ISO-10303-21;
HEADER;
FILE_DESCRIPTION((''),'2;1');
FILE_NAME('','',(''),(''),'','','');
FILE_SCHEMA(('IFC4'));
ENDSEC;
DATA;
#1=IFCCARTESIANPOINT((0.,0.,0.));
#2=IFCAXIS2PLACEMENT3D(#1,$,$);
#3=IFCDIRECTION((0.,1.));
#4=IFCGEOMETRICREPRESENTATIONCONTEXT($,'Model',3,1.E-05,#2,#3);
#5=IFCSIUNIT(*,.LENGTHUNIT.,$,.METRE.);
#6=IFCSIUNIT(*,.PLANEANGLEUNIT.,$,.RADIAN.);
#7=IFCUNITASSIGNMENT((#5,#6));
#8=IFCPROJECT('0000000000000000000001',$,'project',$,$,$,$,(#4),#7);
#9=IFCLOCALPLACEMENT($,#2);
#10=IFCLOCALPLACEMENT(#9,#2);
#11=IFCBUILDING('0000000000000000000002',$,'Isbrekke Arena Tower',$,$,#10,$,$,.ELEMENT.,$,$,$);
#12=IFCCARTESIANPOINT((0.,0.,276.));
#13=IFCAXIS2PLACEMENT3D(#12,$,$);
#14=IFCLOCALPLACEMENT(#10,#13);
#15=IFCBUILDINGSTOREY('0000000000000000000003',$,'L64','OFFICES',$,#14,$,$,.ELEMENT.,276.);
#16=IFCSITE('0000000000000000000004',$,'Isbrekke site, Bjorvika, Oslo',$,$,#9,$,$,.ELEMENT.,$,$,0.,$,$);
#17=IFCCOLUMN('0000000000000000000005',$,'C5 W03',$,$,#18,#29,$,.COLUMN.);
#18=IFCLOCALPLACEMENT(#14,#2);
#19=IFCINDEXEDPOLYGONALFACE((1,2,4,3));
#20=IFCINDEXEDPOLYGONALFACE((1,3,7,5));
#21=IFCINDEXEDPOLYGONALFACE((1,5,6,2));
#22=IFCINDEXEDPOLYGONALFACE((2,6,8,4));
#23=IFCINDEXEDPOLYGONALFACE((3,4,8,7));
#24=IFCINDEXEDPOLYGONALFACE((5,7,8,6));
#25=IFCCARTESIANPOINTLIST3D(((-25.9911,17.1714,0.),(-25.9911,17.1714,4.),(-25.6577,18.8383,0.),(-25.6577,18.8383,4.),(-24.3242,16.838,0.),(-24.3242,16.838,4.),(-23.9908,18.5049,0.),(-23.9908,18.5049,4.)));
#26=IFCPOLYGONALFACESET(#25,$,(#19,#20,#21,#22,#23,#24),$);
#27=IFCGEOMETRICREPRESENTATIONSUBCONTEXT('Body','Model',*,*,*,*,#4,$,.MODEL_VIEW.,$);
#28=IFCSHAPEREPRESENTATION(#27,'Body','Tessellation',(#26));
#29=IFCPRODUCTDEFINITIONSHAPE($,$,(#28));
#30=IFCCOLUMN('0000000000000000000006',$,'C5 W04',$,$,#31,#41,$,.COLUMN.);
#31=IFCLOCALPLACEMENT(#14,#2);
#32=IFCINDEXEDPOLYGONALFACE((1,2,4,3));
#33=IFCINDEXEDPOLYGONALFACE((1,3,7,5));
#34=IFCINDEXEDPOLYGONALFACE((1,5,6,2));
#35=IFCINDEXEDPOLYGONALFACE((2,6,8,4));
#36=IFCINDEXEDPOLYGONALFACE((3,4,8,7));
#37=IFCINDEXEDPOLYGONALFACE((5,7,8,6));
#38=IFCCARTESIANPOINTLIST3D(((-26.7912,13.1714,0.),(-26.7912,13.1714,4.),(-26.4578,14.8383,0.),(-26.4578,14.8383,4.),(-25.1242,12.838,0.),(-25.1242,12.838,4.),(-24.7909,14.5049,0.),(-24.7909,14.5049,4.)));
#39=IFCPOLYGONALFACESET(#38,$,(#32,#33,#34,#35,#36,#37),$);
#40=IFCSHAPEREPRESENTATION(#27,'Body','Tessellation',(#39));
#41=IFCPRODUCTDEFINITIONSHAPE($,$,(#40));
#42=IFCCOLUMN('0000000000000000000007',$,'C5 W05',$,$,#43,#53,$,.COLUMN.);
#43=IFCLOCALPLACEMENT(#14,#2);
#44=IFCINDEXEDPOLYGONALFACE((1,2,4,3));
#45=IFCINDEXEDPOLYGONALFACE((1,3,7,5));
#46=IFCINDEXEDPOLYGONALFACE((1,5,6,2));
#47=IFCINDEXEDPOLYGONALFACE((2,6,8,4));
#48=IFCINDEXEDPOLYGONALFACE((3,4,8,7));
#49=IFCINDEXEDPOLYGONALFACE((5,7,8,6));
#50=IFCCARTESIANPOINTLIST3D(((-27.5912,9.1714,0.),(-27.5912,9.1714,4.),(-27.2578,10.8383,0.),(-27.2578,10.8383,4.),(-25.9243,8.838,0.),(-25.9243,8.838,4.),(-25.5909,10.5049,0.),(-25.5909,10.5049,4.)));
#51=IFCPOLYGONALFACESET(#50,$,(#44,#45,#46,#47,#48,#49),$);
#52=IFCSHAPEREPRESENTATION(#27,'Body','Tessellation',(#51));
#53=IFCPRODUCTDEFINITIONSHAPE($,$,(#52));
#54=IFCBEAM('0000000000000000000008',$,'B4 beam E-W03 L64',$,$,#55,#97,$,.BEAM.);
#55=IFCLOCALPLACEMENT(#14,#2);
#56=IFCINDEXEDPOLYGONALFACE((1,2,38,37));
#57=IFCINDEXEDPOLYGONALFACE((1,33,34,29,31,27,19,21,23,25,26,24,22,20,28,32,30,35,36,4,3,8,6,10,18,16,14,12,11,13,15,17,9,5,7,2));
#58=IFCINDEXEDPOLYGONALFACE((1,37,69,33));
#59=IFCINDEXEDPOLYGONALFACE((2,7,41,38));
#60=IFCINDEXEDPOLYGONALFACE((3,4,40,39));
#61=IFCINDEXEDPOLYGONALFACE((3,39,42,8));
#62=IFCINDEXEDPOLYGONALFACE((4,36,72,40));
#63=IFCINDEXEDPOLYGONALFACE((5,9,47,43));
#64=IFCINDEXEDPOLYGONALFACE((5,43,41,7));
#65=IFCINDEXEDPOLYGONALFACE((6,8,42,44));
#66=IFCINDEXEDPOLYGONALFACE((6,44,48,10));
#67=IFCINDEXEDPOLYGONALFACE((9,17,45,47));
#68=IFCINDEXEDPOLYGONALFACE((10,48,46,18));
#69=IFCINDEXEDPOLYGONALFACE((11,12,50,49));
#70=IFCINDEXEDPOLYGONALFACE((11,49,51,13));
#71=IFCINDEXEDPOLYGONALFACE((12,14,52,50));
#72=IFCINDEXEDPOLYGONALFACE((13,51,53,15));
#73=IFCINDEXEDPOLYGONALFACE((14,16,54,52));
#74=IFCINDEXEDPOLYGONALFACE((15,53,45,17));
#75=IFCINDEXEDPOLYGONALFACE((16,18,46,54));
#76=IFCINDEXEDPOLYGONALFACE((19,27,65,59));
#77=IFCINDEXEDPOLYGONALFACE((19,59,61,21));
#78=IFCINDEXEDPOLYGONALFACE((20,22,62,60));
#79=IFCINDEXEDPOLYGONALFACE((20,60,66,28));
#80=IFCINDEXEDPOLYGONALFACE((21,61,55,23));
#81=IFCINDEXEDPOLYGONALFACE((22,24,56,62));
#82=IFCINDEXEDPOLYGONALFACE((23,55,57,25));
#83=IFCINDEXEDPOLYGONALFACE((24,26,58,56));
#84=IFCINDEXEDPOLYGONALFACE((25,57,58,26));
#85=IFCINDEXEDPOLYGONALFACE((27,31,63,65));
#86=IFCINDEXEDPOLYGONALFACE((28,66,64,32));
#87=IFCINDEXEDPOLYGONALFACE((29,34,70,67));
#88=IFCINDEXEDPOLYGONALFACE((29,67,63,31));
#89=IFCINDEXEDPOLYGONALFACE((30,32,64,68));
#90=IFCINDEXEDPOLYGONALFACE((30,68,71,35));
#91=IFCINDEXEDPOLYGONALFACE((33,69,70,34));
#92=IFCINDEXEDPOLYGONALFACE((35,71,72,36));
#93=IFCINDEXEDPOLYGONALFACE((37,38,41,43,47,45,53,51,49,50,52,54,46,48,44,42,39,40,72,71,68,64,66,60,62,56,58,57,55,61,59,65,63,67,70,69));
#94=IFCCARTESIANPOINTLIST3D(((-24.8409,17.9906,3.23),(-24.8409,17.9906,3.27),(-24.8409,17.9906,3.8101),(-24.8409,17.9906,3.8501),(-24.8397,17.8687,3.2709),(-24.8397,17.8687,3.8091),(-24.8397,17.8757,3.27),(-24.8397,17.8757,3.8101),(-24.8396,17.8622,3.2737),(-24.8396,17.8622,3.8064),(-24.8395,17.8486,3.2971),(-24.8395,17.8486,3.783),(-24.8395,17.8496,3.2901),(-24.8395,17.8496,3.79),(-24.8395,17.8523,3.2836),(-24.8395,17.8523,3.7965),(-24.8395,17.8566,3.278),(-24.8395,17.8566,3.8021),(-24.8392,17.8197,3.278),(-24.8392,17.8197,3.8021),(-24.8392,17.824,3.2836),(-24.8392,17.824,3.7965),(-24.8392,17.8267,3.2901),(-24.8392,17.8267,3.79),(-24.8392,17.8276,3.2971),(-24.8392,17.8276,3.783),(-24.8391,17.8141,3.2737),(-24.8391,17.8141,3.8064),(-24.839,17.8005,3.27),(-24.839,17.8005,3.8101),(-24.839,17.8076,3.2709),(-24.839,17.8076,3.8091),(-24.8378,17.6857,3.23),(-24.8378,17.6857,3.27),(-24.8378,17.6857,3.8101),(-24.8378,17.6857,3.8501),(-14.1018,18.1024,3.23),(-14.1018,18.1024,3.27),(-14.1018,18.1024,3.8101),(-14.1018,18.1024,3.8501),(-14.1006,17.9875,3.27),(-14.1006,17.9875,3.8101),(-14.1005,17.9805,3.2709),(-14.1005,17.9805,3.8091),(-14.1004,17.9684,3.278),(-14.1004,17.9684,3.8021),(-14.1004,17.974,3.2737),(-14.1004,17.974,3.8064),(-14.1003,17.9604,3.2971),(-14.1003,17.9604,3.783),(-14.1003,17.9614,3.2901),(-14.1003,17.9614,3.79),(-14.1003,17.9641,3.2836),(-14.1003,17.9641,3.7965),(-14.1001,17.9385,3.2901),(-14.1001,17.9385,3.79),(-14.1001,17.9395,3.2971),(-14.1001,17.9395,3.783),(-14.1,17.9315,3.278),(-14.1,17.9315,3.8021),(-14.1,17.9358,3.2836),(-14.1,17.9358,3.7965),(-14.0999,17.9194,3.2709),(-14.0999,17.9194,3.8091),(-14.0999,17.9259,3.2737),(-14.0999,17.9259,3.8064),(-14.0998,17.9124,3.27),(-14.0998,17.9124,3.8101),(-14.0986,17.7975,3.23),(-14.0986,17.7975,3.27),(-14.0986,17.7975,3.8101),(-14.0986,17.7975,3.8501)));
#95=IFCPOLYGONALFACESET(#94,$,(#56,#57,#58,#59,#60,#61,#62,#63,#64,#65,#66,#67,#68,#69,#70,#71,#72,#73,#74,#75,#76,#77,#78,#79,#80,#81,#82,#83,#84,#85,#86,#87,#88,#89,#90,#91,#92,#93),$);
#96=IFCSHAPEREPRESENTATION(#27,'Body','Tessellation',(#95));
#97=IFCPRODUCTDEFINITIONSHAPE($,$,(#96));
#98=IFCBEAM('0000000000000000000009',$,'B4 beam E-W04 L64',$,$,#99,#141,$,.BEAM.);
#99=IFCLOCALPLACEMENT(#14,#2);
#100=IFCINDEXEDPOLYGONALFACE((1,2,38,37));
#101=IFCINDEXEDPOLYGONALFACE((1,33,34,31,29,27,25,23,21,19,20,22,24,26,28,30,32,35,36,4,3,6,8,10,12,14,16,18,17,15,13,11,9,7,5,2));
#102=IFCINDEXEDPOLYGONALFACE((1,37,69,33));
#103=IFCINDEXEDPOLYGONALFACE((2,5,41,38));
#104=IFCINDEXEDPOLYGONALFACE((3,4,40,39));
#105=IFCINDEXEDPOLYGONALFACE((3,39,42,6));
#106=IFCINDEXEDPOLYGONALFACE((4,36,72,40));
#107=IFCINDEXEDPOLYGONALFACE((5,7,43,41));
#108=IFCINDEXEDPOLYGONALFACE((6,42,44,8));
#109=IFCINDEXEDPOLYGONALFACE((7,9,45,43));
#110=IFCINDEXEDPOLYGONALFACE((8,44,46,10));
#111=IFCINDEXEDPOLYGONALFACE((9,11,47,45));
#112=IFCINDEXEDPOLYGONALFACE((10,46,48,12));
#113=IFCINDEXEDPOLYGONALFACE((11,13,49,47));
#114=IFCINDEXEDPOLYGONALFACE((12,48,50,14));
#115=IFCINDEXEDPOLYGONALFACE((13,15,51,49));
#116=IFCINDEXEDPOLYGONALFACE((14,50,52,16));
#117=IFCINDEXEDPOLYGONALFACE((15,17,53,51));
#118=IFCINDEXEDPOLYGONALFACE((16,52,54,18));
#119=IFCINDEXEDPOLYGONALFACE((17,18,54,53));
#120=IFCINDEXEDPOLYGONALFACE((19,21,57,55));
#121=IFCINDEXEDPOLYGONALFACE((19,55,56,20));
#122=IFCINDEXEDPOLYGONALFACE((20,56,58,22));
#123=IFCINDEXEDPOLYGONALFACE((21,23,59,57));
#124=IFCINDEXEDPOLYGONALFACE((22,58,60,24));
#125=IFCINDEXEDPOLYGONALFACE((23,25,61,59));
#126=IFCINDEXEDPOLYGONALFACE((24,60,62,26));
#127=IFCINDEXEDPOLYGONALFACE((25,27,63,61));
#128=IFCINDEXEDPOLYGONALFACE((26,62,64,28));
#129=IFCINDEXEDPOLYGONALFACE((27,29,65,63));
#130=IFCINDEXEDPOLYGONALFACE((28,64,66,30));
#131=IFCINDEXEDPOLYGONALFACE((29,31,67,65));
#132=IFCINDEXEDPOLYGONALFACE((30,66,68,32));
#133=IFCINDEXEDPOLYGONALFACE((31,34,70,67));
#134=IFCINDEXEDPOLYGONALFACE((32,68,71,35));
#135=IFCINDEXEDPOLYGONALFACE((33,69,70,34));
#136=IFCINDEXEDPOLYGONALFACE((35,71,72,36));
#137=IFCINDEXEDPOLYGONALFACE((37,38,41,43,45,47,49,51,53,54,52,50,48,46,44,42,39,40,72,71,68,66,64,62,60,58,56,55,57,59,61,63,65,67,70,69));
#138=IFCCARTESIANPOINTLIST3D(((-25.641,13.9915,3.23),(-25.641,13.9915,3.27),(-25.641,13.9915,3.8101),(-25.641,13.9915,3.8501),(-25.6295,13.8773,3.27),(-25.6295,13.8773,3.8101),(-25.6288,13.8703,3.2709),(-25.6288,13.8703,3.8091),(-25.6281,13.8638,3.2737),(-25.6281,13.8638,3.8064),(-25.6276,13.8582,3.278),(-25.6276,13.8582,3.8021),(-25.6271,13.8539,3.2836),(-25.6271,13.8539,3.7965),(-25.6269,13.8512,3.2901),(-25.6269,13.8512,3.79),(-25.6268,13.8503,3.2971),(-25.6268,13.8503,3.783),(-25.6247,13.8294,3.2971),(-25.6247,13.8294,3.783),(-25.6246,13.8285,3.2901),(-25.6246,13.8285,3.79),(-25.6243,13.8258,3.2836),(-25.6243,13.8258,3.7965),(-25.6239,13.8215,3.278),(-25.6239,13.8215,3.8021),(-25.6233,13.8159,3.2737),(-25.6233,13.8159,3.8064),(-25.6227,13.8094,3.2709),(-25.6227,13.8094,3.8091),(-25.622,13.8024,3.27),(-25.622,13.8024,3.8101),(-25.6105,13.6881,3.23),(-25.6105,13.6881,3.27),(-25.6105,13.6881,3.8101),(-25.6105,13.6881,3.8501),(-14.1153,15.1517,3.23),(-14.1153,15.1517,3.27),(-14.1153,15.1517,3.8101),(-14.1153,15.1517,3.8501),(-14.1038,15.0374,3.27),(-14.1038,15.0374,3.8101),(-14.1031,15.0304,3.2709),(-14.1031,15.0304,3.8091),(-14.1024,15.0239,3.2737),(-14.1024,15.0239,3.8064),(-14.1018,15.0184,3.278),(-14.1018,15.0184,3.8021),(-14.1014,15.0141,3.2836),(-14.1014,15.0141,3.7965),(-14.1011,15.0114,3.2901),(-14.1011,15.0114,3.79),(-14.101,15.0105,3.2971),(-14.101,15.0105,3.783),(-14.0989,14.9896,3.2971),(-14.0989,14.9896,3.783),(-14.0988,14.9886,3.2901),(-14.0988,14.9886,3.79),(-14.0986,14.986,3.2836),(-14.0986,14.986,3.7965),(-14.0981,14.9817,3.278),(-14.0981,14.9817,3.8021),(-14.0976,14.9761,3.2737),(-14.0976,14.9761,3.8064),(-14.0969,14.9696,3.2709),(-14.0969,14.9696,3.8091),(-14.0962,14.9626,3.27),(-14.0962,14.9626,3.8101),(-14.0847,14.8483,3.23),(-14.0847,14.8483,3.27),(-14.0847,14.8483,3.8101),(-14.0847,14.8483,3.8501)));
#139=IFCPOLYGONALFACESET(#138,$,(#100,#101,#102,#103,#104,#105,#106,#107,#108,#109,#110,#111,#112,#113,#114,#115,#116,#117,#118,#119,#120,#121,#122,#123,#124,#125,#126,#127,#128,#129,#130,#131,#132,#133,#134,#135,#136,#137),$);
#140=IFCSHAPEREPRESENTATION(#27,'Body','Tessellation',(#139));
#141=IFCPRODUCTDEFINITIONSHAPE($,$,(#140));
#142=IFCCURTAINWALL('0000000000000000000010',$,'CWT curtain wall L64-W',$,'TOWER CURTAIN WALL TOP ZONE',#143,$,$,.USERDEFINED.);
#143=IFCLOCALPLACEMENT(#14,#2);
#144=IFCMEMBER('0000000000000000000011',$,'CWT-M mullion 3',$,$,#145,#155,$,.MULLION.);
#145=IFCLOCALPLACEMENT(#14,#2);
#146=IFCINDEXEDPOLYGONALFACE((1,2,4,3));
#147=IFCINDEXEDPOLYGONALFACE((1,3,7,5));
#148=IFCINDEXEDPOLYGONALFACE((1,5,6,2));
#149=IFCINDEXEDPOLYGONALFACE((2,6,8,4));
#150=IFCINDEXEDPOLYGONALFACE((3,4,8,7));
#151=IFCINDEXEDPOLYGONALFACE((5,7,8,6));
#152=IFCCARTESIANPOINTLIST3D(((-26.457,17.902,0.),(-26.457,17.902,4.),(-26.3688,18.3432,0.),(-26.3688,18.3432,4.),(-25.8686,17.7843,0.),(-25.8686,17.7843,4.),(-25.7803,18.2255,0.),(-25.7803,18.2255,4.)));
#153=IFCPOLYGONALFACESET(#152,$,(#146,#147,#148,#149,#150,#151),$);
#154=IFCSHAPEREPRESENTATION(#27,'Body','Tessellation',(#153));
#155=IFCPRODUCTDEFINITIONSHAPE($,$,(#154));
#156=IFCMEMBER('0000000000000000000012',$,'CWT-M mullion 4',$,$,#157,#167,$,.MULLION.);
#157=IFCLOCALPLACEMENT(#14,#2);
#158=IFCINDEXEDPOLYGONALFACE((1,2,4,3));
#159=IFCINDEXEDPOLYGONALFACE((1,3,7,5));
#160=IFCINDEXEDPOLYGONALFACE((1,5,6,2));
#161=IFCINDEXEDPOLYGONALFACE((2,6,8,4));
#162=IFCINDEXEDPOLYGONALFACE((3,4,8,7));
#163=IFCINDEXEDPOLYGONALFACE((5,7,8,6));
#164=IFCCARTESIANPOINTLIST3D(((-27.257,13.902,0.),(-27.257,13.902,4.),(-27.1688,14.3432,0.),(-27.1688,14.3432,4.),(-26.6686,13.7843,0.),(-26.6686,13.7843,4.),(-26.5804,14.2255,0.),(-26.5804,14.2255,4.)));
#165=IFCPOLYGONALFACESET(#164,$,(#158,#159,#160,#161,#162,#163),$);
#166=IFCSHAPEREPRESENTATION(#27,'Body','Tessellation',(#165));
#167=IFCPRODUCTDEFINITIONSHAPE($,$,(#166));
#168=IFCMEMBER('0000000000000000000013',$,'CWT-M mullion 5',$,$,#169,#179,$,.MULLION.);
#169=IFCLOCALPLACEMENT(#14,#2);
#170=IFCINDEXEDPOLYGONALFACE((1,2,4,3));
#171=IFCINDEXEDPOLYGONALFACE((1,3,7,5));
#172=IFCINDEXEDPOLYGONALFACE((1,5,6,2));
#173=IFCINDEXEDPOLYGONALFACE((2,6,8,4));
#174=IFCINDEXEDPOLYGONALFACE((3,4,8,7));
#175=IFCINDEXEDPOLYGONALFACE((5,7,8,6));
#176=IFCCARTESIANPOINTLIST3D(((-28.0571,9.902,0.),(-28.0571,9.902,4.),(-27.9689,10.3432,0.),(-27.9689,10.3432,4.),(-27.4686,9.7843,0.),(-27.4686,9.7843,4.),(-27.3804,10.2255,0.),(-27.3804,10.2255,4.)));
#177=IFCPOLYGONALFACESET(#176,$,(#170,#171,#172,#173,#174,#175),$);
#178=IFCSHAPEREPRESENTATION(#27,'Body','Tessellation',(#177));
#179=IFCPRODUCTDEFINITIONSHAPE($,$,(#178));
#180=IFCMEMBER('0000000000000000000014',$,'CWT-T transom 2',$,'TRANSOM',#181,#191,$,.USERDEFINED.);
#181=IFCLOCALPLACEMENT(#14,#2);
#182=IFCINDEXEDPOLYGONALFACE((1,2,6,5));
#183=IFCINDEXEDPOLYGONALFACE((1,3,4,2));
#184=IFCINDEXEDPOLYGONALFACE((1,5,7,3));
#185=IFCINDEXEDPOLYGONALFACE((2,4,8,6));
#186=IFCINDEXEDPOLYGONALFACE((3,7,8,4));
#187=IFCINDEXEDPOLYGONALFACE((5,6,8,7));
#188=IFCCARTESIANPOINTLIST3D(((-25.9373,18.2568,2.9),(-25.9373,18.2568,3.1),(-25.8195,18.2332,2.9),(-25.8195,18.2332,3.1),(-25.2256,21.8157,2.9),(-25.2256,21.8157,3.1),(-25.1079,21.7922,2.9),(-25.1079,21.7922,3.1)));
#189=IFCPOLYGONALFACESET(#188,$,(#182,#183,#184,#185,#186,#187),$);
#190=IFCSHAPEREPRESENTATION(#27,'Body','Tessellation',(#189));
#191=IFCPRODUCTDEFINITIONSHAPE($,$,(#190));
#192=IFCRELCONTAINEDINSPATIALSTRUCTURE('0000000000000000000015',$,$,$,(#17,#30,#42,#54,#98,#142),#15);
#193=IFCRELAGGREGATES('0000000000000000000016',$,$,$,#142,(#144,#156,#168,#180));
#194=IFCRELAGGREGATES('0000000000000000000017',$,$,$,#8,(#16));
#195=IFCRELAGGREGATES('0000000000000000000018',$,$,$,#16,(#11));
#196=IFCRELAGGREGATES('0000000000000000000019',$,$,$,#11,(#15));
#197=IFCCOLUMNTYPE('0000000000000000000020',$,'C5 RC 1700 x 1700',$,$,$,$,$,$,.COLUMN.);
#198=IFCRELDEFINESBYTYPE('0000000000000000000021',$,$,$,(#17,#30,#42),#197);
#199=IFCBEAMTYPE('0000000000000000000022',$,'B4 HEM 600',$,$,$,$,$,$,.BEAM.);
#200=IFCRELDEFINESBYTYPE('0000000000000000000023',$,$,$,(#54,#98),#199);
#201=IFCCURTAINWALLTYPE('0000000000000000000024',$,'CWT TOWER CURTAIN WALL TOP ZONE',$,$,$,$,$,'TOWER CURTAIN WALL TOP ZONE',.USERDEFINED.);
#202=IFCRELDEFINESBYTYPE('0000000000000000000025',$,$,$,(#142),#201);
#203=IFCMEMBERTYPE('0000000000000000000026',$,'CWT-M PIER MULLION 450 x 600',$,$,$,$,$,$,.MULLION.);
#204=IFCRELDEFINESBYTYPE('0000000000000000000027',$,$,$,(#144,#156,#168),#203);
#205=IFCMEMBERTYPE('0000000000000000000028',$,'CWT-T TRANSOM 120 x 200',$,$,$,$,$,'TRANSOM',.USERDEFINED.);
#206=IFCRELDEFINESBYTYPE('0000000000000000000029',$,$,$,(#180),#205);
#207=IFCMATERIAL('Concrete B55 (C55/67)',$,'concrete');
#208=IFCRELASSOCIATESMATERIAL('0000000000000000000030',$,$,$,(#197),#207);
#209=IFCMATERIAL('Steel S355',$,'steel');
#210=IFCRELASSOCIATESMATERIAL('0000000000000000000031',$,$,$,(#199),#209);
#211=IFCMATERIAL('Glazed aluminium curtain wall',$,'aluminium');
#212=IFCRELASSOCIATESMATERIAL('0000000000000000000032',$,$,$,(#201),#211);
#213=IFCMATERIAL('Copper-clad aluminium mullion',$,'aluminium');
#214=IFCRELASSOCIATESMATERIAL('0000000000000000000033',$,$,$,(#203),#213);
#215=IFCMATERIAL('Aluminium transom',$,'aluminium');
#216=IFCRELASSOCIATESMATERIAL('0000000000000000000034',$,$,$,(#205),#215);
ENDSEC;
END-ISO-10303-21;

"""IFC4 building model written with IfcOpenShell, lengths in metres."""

from ifc_helpers import new_model, si_unit, direction, frame, origin, origin_2d, place, context, subcontext, project, spatial, rectangle, i_section, extrude, material, material_profile, profile_set, type_object, element, aggregate, save


model = new_model("IFC4")

# Units and contexts
model_context = context("Model", 3, precision=1e-05, world=origin(), true_north=direction((0.0, 1.0)))
body_context = subcontext(model_context, "Body", "Model", "MODEL_VIEW")
ifc_project = project(units=[si_unit("LENGTHUNIT", "METRE"), si_unit("PLANEANGLEUNIT", "RADIAN")], contexts=[model_context])

# Site, building, storey
site_placement = place(None, origin())
site = spatial("IfcSite", under=ifc_project, at=site_placement, Name="Isbrekke site, Bjorvika, Oslo", CompositionType="ELEMENT", RefElevation=0.0)
building_placement = place(site_placement, origin())
building = spatial("IfcBuilding", under=site, at=building_placement, Name="Isbrekke Arena Tower", CompositionType="ELEMENT")
storey_placement = place(building_placement, frame((0.0, 0.0, 276.0)))
storey = spatial("IfcBuildingStorey", under=building, at=storey_placement, Name="L64", Description="OFFICES", CompositionType="ELEMENT", Elevation=276.0)

# Columns
ifc_material_1 = material(Name="Concrete B55 (C55/67)", Category="concrete")
ifc_material_profile_1 = material_profile(ifc_material_1, rectangle(XDim=1.7, YDim=1.7, at=origin_2d()), Name="RC 1700x1700")
ifc_profile_set_1 = profile_set([ifc_material_profile_1], Name="Concrete B55 (C55/67)")
column_type = type_object("IfcColumnType", Name="C5 RC 1700 x 1700", PredefinedType="COLUMN", material=ifc_profile_set_1)
for number, where, z_axis, x_axis, name in (
    (1, (-24.991, 17.8381, 0.0), (0.0, 0.0, 1.0), (-0.196116, -0.980581, 0.0), "C5 W03"),
    (2, (-25.791, 13.8381, 0.0), (0.0, 0.0, 1.0), (-0.196116, -0.980581, 0.0), "C5 W04"),
    (3, (-26.5911, 9.8381, 0.0), (0.0, 0.0, 1.0), (-0.196116, -0.980581, 0.0), "C5 W05"),
):
    element("IfcColumn", number, at=place(storey_placement, frame(where, z_axis=z_axis, x_axis=x_axis)), inside=storey, type_object=column_type, Name=name, PredefinedType="COLUMN", context=body_context, shape_type="SweptSolid", body=[
        extrude(rectangle(XDim=1.7, YDim=1.7, at=origin_2d()), origin(), (0.0, 0.0, 1.0), 4.0),
    ])

# Beams
ifc_material_2 = material(Name="Steel S355", Category="steel")
ifc_material_profile_2 = material_profile(ifc_material_2, i_section(OverallWidth=0.3049, OverallDepth=0.6201, WebThickness=0.021, FlangeThickness=0.04, FilletRadius=0.0271, at=origin_2d()), Name="HEM 600")
ifc_profile_set_2 = profile_set([ifc_material_profile_2], Name="Steel S355")
beam_type_1 = type_object("IfcBeamType", Name="B4 HEM 600", PredefinedType="BEAM", material=ifc_profile_set_2)
beam_1_placement = place(storey_placement, frame((-24.8394, 17.8381, 3.54), z_axis=(0.999946, 0.010411, 0.0), x_axis=(-0.010411, 0.999946, 0.0)))
element("IfcBeam", 4, at=beam_1_placement, inside=storey, type_object=beam_type_1, Name="B4 beam E-W03 L64", PredefinedType="BEAM", context=body_context, shape_type="SweptSolid", body=[
    extrude(i_section(OverallWidth=0.3049, OverallDepth=0.6201, WebThickness=0.021, FlangeThickness=0.04, FilletRadius=0.0271, at=origin_2d()), origin(), (0.0, 0.0, 1.0), 10.7397),
])
beam_2_placement = place(storey_placement, frame((-25.6257, 13.8398, 3.54), z_axis=(0.994972, 0.100153, 0.0), x_axis=(-0.100153, 0.994972, 0.0)))
element("IfcBeam", 5, at=beam_2_placement, inside=storey, type_object=beam_type_1, Name="B4 beam E-W04 L64", PredefinedType="BEAM", context=body_context, shape_type="SweptSolid", body=[
    extrude(i_section(OverallWidth=0.3049, OverallDepth=0.6201, WebThickness=0.021, FlangeThickness=0.04, FilletRadius=0.0271, at=origin_2d()), origin(), (0.0, 0.0, 1.0), 11.584),
])

# Curtain wall, members
ifc_material_3 = material(Name="Glazed aluminium curtain wall", Category="aluminium")
curtain_wall_type = type_object("IfcCurtainWallType", Name="CWT TOWER CURTAIN WALL TOP ZONE", ElementType="TOWER CURTAIN WALL TOP ZONE", PredefinedType="USERDEFINED", material=ifc_material_3)
curtain_wall_placement = place(storey_placement, origin())
curtain_wall = element("IfcCurtainWall", 6, at=curtain_wall_placement, inside=storey, type_object=curtain_wall_type, Name="CWT curtain wall L64-W", ObjectType="TOWER CURTAIN WALL TOP ZONE", PredefinedType="USERDEFINED")
ifc_material_4 = material(Name="Copper-clad aluminium mullion", Category="aluminium")
ifc_material_profile_3 = material_profile(ifc_material_4, rectangle(XDim=0.45, YDim=0.6001, at=origin_2d()), Name="PIER 450X600")
ifc_profile_set_3 = profile_set([ifc_material_profile_3], Name="Copper-clad aluminium mullion")
member_type_1 = type_object("IfcMemberType", Name="CWT-M PIER MULLION 450 x 600", PredefinedType="MULLION", material=ifc_profile_set_3)
member_1_placement = place(storey_placement, frame((-26.1187, 18.0637, 0.0), z_axis=(0.0, 0.0, 1.0), x_axis=(-0.196116, -0.980581, 0.0)))
member_1 = element("IfcMember", 7, at=member_1_placement, type_object=member_type_1, Name="CWT-M mullion 3", PredefinedType="MULLION", context=body_context, shape_type="SweptSolid", body=[
    extrude(rectangle(XDim=0.45, YDim=0.6001, at=origin_2d()), origin(), (0.0, 0.0, 1.0), 4.0),
])
member_2_placement = place(storey_placement, frame((-26.9187, 14.0637, 0.0), z_axis=(0.0, 0.0, 1.0), x_axis=(-0.196116, -0.980581, 0.0)))
member_2 = element("IfcMember", 8, at=member_2_placement, type_object=member_type_1, Name="CWT-M mullion 4", PredefinedType="MULLION", context=body_context, shape_type="SweptSolid", body=[
    extrude(rectangle(XDim=0.45, YDim=0.6001, at=origin_2d()), origin(), (0.0, 0.0, 1.0), 4.0),
])
member_3_placement = place(storey_placement, frame((-27.7188, 10.0637, 0.0), z_axis=(0.0, 0.0, 1.0), x_axis=(-0.196116, -0.980581, 0.0)))
member_3 = element("IfcMember", 9, at=member_3_placement, type_object=member_type_1, Name="CWT-M mullion 5", PredefinedType="MULLION", context=body_context, shape_type="SweptSolid", body=[
    extrude(rectangle(XDim=0.45, YDim=0.6001, at=origin_2d()), origin(), (0.0, 0.0, 1.0), 4.0),
])
ifc_material_5 = material(Name="Aluminium transom", Category="aluminium")
ifc_material_profile_4 = material_profile(ifc_material_5, rectangle(XDim=0.1201, YDim=0.2, at=origin_2d()), Name="TRANSOM 120X200")
ifc_profile_set_4 = profile_set([ifc_material_profile_4], Name="Aluminium transom")
member_type_2 = type_object("IfcMemberType", Name="CWT-T TRANSOM 120 x 200", ElementType="TRANSOM", PredefinedType="USERDEFINED", material=ifc_profile_set_4)
member_4_placement = place(storey_placement, frame((-25.1667, 21.804, 3.0), z_axis=(-0.19609, -0.980586, 0.0), x_axis=(0.980586, -0.19609, 0.0)))
member_4 = element("IfcMember", 10, at=member_4_placement, type_object=member_type_2, Name="CWT-T transom 2", ObjectType="TRANSOM", PredefinedType="USERDEFINED", context=body_context, shape_type="SweptSolid", body=[
    extrude(rectangle(XDim=0.1201, YDim=0.2, at=origin_2d()), origin(), (0.0, 0.0, 1.0), 3.6294),
])

aggregate(curtain_wall, [member_1, member_2, member_3, member_4])

save(model, "model.ifc")
